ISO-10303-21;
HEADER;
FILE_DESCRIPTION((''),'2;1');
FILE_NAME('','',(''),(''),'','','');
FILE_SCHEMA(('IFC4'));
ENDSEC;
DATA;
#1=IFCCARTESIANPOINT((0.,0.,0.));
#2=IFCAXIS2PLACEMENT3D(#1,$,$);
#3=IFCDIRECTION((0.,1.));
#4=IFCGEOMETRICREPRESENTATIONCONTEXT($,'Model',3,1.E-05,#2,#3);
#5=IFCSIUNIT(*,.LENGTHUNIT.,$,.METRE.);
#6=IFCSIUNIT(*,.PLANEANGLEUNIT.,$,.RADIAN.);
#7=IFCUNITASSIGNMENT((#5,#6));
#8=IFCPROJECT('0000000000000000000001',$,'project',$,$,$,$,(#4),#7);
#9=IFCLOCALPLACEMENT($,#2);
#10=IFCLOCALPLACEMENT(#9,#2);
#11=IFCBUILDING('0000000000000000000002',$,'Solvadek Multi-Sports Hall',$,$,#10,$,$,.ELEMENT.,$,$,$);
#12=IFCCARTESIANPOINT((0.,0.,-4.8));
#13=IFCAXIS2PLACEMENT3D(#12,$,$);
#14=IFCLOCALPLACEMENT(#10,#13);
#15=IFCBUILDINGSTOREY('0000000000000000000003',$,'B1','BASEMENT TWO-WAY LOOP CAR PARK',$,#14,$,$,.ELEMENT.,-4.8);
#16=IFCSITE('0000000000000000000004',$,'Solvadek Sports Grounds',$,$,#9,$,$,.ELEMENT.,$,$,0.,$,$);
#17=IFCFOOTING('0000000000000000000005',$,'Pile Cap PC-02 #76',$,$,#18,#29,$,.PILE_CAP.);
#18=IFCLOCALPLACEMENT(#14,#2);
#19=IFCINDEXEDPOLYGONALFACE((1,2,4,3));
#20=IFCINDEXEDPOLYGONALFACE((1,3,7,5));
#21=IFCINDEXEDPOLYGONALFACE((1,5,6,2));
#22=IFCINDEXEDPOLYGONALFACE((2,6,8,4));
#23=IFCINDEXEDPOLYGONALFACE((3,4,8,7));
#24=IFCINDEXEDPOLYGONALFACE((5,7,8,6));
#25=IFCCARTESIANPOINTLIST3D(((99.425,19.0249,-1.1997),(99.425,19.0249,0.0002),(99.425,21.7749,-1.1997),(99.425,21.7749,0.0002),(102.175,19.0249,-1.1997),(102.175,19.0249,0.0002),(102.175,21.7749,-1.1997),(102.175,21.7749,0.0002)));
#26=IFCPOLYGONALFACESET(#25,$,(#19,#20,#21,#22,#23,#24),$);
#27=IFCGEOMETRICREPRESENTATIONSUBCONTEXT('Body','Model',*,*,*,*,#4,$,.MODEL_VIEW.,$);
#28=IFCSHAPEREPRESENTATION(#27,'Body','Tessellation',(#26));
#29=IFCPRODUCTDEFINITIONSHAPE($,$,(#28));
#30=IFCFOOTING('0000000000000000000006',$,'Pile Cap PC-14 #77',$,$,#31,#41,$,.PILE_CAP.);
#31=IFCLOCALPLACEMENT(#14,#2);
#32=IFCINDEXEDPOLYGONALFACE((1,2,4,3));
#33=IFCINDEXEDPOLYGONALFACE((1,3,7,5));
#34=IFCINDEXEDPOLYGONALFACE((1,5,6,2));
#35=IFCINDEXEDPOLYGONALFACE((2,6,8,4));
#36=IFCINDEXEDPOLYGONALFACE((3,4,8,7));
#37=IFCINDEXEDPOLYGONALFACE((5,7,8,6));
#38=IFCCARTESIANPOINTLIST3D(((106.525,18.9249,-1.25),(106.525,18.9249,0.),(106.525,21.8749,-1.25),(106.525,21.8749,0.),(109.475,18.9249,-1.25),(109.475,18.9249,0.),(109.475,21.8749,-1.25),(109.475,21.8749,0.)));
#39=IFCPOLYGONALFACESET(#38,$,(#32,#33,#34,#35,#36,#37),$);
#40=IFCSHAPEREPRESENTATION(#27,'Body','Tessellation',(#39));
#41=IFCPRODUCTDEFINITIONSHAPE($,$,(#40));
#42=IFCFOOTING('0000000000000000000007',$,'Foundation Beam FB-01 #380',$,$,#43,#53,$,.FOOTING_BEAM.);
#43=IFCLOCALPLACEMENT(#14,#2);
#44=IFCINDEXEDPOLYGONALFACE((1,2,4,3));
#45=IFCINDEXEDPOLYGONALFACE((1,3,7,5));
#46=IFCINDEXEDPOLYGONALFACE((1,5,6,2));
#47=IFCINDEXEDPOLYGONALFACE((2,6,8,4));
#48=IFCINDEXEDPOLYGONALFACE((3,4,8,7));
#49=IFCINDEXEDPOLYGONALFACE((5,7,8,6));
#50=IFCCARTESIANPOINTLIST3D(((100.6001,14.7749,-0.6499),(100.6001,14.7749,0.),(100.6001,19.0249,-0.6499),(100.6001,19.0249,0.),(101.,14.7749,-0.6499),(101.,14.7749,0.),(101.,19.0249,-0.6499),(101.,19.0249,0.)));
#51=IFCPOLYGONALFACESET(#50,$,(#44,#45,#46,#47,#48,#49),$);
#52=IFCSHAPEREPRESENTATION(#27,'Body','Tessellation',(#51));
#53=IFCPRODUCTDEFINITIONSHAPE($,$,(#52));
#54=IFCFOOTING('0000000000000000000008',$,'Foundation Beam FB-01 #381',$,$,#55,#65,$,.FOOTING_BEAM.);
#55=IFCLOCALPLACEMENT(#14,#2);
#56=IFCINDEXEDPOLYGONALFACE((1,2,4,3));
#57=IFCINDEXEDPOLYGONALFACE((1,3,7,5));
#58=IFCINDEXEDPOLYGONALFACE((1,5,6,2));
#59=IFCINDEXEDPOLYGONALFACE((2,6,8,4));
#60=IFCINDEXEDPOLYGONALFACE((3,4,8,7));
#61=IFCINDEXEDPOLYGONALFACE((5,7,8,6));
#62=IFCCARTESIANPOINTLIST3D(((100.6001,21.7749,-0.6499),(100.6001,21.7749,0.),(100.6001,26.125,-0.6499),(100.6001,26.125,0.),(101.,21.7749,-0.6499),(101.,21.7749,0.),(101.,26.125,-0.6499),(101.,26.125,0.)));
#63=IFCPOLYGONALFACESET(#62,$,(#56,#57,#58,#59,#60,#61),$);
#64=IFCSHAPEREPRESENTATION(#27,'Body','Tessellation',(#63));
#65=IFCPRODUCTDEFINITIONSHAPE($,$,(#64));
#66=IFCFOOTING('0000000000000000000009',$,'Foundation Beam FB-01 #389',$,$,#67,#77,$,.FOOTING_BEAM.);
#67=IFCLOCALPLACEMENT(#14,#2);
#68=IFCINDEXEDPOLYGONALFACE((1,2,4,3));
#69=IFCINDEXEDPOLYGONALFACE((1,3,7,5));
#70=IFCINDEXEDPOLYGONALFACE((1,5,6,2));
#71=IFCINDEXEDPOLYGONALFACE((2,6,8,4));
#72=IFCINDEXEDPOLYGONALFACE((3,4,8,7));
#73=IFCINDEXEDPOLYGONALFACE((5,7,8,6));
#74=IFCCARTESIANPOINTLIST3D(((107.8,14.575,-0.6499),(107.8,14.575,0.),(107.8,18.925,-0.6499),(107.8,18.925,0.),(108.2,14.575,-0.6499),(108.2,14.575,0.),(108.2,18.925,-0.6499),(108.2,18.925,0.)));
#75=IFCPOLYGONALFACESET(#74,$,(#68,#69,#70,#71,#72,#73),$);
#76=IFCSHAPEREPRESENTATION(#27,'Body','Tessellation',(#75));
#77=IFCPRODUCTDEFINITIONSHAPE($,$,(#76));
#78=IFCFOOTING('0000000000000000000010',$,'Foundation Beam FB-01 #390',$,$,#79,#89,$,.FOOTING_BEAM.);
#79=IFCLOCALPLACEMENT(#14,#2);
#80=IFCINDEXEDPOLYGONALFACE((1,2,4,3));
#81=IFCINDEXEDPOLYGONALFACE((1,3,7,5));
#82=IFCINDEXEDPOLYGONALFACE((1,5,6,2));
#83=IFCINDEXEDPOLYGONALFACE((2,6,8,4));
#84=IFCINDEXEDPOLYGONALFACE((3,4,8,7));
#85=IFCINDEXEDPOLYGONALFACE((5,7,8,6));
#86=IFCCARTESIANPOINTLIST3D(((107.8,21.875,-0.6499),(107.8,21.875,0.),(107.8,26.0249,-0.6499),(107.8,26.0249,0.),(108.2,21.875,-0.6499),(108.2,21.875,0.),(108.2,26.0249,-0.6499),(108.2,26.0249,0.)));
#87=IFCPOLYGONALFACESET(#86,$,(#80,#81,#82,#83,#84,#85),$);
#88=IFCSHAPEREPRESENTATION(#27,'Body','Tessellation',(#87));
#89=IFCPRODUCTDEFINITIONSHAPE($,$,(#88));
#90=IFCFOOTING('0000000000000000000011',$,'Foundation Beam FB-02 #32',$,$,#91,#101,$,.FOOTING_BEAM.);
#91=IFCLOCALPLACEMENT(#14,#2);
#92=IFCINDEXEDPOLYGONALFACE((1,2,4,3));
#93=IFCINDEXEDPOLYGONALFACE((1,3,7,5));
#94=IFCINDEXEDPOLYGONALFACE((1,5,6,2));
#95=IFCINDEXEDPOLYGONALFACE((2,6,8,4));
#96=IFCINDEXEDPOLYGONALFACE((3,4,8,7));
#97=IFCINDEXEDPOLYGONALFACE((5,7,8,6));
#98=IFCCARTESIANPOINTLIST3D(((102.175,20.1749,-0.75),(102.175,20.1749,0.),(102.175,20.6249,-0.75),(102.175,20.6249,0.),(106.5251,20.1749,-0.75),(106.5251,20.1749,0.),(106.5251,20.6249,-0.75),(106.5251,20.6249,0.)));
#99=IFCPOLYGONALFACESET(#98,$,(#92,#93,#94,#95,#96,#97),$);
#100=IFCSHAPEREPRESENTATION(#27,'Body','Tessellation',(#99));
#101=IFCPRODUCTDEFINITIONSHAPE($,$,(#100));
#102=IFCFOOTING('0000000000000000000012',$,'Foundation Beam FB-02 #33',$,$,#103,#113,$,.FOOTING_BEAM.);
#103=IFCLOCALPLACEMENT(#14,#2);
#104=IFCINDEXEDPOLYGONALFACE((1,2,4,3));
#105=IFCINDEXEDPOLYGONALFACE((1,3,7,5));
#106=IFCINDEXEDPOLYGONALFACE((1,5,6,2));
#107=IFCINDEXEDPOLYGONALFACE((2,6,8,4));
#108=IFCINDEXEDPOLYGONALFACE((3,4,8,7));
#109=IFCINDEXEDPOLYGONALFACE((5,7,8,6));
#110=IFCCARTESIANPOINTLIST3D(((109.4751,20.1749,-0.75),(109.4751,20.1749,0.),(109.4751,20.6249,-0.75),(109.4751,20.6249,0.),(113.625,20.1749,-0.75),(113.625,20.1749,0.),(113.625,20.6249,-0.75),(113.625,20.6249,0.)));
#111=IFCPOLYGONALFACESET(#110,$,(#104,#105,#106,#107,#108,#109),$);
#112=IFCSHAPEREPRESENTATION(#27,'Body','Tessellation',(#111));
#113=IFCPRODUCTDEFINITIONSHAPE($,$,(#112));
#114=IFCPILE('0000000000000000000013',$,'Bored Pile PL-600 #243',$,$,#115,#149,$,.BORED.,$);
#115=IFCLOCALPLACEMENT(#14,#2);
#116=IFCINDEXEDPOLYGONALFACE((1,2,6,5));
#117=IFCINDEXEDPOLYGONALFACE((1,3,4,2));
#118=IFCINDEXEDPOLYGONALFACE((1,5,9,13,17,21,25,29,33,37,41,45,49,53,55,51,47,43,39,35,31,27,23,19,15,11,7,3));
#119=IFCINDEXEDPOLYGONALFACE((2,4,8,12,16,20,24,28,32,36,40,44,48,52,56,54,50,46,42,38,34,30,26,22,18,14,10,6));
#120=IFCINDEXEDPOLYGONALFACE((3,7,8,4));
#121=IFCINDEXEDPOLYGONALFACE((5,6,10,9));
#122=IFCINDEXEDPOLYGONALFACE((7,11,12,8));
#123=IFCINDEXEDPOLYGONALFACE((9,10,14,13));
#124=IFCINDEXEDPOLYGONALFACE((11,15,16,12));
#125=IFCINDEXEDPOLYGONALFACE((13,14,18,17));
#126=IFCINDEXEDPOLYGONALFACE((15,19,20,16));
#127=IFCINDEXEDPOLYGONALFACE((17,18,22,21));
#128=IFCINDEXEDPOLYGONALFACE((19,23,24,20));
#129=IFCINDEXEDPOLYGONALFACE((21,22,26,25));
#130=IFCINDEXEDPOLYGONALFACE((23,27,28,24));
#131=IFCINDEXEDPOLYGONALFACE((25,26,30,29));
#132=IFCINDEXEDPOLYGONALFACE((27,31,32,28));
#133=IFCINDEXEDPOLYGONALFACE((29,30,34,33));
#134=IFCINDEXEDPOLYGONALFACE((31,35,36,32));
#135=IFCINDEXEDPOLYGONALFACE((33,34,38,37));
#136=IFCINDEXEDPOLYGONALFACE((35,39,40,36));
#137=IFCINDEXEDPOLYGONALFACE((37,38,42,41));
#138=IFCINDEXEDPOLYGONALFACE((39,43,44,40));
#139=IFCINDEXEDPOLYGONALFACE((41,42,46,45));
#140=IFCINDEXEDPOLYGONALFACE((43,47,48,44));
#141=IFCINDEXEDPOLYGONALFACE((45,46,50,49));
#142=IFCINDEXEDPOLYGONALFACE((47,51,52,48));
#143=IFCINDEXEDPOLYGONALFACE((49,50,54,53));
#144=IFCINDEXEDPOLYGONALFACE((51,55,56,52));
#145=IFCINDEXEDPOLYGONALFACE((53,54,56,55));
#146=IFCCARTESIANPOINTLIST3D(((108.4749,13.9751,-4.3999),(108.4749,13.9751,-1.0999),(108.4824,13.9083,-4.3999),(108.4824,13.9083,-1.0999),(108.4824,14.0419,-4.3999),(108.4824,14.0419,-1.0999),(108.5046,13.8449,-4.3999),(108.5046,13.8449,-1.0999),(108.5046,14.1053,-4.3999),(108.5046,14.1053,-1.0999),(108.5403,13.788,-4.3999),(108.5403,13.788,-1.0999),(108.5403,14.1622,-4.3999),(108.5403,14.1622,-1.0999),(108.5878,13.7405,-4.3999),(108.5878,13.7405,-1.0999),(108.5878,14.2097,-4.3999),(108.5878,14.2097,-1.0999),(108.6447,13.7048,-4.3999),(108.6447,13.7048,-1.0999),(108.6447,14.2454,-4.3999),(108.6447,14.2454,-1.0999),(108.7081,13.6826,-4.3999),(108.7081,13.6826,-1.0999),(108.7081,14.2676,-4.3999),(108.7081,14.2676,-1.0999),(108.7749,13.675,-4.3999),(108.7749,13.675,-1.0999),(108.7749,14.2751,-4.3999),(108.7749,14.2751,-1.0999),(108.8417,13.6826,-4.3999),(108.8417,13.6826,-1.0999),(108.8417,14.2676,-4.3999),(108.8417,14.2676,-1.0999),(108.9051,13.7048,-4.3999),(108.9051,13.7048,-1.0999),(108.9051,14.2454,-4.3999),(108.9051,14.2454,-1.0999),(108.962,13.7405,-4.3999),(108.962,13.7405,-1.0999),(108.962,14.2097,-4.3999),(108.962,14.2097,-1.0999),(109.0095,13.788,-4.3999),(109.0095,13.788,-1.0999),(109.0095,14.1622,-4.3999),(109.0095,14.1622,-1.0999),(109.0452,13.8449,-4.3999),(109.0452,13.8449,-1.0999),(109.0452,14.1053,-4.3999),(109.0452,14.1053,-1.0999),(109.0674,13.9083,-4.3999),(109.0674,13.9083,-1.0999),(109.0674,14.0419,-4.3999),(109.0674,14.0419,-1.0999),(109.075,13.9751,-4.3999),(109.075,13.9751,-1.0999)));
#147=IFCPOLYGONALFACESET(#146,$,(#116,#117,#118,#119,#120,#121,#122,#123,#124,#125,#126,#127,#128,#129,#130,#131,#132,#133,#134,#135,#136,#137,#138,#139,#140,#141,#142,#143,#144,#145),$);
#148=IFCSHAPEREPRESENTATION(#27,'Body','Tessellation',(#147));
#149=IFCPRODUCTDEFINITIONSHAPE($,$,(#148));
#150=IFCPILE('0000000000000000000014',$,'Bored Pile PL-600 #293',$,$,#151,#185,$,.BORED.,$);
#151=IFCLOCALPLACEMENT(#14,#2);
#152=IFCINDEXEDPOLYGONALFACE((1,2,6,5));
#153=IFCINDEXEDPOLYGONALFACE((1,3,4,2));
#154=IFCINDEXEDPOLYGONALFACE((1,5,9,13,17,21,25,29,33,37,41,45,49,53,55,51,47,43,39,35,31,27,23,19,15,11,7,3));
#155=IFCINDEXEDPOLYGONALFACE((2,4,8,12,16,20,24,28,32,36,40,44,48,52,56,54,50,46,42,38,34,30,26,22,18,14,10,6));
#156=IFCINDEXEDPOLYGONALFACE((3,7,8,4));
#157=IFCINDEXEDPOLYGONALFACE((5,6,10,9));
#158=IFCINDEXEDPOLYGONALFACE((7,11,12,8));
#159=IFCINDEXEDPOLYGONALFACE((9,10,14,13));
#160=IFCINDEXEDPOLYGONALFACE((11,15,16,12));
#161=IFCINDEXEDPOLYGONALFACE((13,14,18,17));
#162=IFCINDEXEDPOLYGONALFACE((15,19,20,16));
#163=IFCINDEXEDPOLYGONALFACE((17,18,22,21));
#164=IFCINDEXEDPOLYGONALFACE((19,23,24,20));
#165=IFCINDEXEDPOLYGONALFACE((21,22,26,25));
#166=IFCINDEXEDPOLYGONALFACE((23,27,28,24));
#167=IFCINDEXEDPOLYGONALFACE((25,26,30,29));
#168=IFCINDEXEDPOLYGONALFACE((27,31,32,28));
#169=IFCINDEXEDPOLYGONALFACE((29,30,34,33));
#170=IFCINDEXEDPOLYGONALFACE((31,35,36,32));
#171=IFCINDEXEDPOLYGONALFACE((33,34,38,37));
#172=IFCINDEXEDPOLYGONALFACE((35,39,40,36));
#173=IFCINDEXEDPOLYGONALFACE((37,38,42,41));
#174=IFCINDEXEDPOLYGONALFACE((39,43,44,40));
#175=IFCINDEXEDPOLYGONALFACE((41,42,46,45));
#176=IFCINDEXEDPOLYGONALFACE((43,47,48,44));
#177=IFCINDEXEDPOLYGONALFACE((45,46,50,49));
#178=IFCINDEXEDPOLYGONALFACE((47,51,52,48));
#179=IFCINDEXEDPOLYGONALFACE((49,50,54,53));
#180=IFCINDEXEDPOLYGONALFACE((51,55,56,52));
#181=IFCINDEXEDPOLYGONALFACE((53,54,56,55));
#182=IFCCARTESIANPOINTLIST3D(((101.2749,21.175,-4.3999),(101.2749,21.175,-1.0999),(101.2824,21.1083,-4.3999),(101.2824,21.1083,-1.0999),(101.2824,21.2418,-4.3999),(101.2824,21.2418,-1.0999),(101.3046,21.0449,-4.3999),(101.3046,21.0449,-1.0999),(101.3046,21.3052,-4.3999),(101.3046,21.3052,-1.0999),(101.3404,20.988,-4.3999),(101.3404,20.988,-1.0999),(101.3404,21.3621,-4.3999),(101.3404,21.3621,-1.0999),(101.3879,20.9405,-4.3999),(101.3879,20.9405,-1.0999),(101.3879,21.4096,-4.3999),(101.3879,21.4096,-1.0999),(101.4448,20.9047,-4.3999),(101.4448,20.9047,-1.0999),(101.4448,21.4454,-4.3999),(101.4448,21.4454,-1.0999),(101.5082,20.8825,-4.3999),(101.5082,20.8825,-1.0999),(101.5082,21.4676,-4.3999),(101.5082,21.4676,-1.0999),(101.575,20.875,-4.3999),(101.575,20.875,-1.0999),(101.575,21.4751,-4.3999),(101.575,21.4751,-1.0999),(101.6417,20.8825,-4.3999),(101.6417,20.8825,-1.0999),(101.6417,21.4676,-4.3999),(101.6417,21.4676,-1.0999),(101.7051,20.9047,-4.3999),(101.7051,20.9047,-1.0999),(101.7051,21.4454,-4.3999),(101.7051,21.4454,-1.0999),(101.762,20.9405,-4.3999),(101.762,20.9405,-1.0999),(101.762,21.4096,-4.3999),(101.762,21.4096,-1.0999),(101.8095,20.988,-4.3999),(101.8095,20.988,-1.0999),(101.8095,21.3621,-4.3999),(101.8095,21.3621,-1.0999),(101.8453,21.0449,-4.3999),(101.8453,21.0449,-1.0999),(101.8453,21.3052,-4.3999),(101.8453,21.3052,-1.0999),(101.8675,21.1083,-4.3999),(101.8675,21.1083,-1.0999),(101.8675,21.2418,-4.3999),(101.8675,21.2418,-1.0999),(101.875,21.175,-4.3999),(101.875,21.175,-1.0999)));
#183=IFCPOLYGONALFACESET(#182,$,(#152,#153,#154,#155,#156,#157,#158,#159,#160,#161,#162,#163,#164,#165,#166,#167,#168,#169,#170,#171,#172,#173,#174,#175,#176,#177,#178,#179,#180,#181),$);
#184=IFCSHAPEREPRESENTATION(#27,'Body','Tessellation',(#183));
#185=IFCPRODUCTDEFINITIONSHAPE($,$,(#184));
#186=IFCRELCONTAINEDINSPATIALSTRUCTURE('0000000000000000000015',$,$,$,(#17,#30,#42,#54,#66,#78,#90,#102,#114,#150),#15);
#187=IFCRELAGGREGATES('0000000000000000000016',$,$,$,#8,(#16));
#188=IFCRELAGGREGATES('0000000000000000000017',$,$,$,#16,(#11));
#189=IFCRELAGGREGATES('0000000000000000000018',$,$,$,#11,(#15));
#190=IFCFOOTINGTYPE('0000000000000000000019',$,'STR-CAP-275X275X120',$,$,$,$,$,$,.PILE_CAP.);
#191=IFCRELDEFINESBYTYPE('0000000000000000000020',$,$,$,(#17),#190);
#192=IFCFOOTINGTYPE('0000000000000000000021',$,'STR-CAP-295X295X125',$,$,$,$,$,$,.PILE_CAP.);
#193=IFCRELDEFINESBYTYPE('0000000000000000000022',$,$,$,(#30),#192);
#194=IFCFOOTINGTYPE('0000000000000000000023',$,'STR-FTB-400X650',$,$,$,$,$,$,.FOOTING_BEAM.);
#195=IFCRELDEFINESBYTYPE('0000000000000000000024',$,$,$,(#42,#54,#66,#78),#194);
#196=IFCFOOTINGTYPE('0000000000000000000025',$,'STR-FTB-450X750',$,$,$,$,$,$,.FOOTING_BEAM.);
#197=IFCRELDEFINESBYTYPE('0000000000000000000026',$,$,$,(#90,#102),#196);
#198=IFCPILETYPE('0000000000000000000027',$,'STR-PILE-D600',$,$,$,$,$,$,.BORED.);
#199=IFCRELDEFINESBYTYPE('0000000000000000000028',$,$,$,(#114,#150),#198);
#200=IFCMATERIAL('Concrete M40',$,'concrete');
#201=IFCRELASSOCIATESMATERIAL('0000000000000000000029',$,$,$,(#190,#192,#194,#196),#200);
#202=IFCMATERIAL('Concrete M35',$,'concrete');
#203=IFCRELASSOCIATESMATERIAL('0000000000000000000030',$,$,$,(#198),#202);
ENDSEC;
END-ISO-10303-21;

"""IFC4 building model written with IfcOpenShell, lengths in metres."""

from ifc_helpers import new_model, si_unit, direction, frame, origin, origin_2d, place, context, subcontext, project, spatial, rectangle, circle, extrude, material, material_profile, profile_set, type_object, element, save


model = new_model("IFC4")

# Units and contexts
model_context = context("Model", 3, precision=1e-05, world=origin(), true_north=direction((0.0, 1.0)))
body_context = subcontext(model_context, "Body", "Model", "MODEL_VIEW")
ifc_project = project(units=[si_unit("LENGTHUNIT", "METRE"), si_unit("PLANEANGLEUNIT", "RADIAN")], contexts=[model_context])

# Site, building, storey
site_placement = place(None, origin())
site = spatial("IfcSite", under=ifc_project, at=site_placement, Name="Solvadek Sports Grounds", CompositionType="ELEMENT", RefElevation=0.0)
building_placement = place(site_placement, origin())
building = spatial("IfcBuilding", under=site, at=building_placement, Name="Solvadek Multi-Sports Hall", CompositionType="ELEMENT")
storey_placement = place(building_placement, frame((0.0, 0.0, -4.8)))
storey = spatial("IfcBuildingStorey", under=building, at=storey_placement, Name="B1", Description="BASEMENT TWO-WAY LOOP CAR PARK", CompositionType="ELEMENT", Elevation=-4.8)

# Footings
ifc_material_1 = material(Name="Concrete M40", Category="concrete")
footing_type_1 = type_object("IfcFootingType", Name="STR-CAP-275X275X120", PredefinedType="PILE_CAP", material=ifc_material_1)
footing_1_placement = place(storey_placement, frame((100.8, 20.3999, -1.1997), z_axis=(0.0, 0.0, 1.0), x_axis=(1.0, 0.0, 0.0)))
element("IfcFooting", 1, at=footing_1_placement, inside=storey, type_object=footing_type_1, Name="Pile Cap PC-02 #76", PredefinedType="PILE_CAP", context=body_context, shape_type="SweptSolid", body=[
    extrude(rectangle(XDim=2.75, YDim=2.75, at=origin_2d()), origin(), (0.0, 0.0, 1.0), 1.2),
])
footing_type_2 = type_object("IfcFootingType", Name="STR-CAP-295X295X125", PredefinedType="PILE_CAP", material=ifc_material_1)
footing_2_placement = place(storey_placement, frame((108.0, 20.3999, -1.25), z_axis=(0.0, 0.0, 1.0), x_axis=(1.0, 0.0, 0.0)))
element("IfcFooting", 2, at=footing_2_placement, inside=storey, type_object=footing_type_2, Name="Pile Cap PC-14 #77", PredefinedType="PILE_CAP", context=body_context, shape_type="SweptSolid", body=[
    extrude(rectangle(XDim=2.95, YDim=2.95, at=origin_2d()), origin(), (0.0, 0.0, 1.0), 1.25),
])
footing_type_3 = type_object("IfcFootingType", Name="STR-FTB-400X650", PredefinedType="FOOTING_BEAM", material=ifc_material_1)
footing_3_placement = place(storey_placement, frame((100.8, 16.8999, -0.6499), z_axis=(0.0, 0.0, 1.0), x_axis=(0.0, 1.0, 0.0)))
element("IfcFooting", 3, at=footing_3_placement, inside=storey, type_object=footing_type_3, Name="Foundation Beam FB-01 #380", PredefinedType="FOOTING_BEAM", context=body_context, shape_type="SweptSolid", body=[
    extrude(rectangle(XDim=4.25, YDim=0.3999, at=origin_2d()), origin(), (0.0, 0.0, 1.0), 0.6499),
])
for number, where, z_axis, x_axis, name in (
    (4, (100.8, 23.95, -0.6499), (0.0, 0.0, 1.0), (0.0, 1.0, 0.0), "Foundation Beam FB-01 #381"),
    (5, (108.0, 16.75, -0.6499), (0.0, 0.0, 1.0), (0.0, 1.0, 0.0), "Foundation Beam FB-01 #389"),
):
    element("IfcFooting", number, at=place(storey_placement, frame(where, z_axis=z_axis, x_axis=x_axis)), inside=storey, type_object=footing_type_3, Name=name, PredefinedType="FOOTING_BEAM", context=body_context, shape_type="SweptSolid", body=[
        extrude(rectangle(XDim=4.3501, YDim=0.3999, at=origin_2d()), origin(), (0.0, 0.0, 1.0), 0.6499),
    ])
footing_4_placement = place(storey_placement, frame((108.0, 23.95, -0.6499), z_axis=(0.0, 0.0, 1.0), x_axis=(0.0, 1.0, 0.0)))
element("IfcFooting", 6, at=footing_4_placement, inside=storey, type_object=footing_type_3, Name="Foundation Beam FB-01 #390", PredefinedType="FOOTING_BEAM", context=body_context, shape_type="SweptSolid", body=[
    extrude(rectangle(XDim=4.1499, YDim=0.3999, at=origin_2d()), origin(), (0.0, 0.0, 1.0), 0.6499),
])
footing_type_4 = type_object("IfcFootingType", Name="STR-FTB-450X750", PredefinedType="FOOTING_BEAM", material=ifc_material_1)
footing_5_placement = place(storey_placement, frame((104.3501, 20.3999, -0.75), z_axis=(0.0, 0.0, 1.0), x_axis=(1.0, 0.0, 0.0)))
element("IfcFooting", 7, at=footing_5_placement, inside=storey, type_object=footing_type_4, Name="Foundation Beam FB-02 #32", PredefinedType="FOOTING_BEAM", context=body_context, shape_type="SweptSolid", body=[
    extrude(rectangle(XDim=4.3501, YDim=0.45, at=origin_2d()), origin(), (0.0, 0.0, 1.0), 0.75),
])
footing_6_placement = place(storey_placement, frame((111.55, 20.3999, -0.75), z_axis=(0.0, 0.0, 1.0), x_axis=(1.0, 0.0, 0.0)))
element("IfcFooting", 8, at=footing_6_placement, inside=storey, type_object=footing_type_4, Name="Foundation Beam FB-02 #33", PredefinedType="FOOTING_BEAM", context=body_context, shape_type="SweptSolid", body=[
    extrude(rectangle(XDim=4.1499, YDim=0.45, at=origin_2d()), origin(), (0.0, 0.0, 1.0), 0.75),
])

# Piles
ifc_material_2 = material(Name="Concrete M35", Category="concrete")
ifc_material_profile_1 = material_profile(ifc_material_2, circle(Radius=0.3, at=origin_2d()), Name="BORED PILE D600")
ifc_profile_set_1 = profile_set([ifc_material_profile_1], Name="Concrete M35")
pile_type_1 = type_object("IfcPileType", Name="STR-PILE-D600", PredefinedType="BORED", material=ifc_profile_set_1)
for number, where, z_axis, x_axis, name in (
    (9, (108.7749, 13.9751, -1.0999), (0.0, 0.0, -1.0), (1.0, 0.0, 0.0), "Bored Pile PL-600 #243"),
    (10, (101.575, 21.175, -1.0999), (0.0, 0.0, -1.0), (1.0, 0.0, 0.0), "Bored Pile PL-600 #293"),
):
    element("IfcPile", number, at=place(storey_placement, frame(where, z_axis=z_axis, x_axis=x_axis)), inside=storey, type_object=pile_type_1, Name=name, PredefinedType="BORED", context=body_context, shape_type="SweptSolid", body=[
        extrude(circle(Radius=0.3, at=origin_2d()), origin(), (0.0, 0.0, 1.0), 3.3),
    ])

save(model, "model.ifc")
